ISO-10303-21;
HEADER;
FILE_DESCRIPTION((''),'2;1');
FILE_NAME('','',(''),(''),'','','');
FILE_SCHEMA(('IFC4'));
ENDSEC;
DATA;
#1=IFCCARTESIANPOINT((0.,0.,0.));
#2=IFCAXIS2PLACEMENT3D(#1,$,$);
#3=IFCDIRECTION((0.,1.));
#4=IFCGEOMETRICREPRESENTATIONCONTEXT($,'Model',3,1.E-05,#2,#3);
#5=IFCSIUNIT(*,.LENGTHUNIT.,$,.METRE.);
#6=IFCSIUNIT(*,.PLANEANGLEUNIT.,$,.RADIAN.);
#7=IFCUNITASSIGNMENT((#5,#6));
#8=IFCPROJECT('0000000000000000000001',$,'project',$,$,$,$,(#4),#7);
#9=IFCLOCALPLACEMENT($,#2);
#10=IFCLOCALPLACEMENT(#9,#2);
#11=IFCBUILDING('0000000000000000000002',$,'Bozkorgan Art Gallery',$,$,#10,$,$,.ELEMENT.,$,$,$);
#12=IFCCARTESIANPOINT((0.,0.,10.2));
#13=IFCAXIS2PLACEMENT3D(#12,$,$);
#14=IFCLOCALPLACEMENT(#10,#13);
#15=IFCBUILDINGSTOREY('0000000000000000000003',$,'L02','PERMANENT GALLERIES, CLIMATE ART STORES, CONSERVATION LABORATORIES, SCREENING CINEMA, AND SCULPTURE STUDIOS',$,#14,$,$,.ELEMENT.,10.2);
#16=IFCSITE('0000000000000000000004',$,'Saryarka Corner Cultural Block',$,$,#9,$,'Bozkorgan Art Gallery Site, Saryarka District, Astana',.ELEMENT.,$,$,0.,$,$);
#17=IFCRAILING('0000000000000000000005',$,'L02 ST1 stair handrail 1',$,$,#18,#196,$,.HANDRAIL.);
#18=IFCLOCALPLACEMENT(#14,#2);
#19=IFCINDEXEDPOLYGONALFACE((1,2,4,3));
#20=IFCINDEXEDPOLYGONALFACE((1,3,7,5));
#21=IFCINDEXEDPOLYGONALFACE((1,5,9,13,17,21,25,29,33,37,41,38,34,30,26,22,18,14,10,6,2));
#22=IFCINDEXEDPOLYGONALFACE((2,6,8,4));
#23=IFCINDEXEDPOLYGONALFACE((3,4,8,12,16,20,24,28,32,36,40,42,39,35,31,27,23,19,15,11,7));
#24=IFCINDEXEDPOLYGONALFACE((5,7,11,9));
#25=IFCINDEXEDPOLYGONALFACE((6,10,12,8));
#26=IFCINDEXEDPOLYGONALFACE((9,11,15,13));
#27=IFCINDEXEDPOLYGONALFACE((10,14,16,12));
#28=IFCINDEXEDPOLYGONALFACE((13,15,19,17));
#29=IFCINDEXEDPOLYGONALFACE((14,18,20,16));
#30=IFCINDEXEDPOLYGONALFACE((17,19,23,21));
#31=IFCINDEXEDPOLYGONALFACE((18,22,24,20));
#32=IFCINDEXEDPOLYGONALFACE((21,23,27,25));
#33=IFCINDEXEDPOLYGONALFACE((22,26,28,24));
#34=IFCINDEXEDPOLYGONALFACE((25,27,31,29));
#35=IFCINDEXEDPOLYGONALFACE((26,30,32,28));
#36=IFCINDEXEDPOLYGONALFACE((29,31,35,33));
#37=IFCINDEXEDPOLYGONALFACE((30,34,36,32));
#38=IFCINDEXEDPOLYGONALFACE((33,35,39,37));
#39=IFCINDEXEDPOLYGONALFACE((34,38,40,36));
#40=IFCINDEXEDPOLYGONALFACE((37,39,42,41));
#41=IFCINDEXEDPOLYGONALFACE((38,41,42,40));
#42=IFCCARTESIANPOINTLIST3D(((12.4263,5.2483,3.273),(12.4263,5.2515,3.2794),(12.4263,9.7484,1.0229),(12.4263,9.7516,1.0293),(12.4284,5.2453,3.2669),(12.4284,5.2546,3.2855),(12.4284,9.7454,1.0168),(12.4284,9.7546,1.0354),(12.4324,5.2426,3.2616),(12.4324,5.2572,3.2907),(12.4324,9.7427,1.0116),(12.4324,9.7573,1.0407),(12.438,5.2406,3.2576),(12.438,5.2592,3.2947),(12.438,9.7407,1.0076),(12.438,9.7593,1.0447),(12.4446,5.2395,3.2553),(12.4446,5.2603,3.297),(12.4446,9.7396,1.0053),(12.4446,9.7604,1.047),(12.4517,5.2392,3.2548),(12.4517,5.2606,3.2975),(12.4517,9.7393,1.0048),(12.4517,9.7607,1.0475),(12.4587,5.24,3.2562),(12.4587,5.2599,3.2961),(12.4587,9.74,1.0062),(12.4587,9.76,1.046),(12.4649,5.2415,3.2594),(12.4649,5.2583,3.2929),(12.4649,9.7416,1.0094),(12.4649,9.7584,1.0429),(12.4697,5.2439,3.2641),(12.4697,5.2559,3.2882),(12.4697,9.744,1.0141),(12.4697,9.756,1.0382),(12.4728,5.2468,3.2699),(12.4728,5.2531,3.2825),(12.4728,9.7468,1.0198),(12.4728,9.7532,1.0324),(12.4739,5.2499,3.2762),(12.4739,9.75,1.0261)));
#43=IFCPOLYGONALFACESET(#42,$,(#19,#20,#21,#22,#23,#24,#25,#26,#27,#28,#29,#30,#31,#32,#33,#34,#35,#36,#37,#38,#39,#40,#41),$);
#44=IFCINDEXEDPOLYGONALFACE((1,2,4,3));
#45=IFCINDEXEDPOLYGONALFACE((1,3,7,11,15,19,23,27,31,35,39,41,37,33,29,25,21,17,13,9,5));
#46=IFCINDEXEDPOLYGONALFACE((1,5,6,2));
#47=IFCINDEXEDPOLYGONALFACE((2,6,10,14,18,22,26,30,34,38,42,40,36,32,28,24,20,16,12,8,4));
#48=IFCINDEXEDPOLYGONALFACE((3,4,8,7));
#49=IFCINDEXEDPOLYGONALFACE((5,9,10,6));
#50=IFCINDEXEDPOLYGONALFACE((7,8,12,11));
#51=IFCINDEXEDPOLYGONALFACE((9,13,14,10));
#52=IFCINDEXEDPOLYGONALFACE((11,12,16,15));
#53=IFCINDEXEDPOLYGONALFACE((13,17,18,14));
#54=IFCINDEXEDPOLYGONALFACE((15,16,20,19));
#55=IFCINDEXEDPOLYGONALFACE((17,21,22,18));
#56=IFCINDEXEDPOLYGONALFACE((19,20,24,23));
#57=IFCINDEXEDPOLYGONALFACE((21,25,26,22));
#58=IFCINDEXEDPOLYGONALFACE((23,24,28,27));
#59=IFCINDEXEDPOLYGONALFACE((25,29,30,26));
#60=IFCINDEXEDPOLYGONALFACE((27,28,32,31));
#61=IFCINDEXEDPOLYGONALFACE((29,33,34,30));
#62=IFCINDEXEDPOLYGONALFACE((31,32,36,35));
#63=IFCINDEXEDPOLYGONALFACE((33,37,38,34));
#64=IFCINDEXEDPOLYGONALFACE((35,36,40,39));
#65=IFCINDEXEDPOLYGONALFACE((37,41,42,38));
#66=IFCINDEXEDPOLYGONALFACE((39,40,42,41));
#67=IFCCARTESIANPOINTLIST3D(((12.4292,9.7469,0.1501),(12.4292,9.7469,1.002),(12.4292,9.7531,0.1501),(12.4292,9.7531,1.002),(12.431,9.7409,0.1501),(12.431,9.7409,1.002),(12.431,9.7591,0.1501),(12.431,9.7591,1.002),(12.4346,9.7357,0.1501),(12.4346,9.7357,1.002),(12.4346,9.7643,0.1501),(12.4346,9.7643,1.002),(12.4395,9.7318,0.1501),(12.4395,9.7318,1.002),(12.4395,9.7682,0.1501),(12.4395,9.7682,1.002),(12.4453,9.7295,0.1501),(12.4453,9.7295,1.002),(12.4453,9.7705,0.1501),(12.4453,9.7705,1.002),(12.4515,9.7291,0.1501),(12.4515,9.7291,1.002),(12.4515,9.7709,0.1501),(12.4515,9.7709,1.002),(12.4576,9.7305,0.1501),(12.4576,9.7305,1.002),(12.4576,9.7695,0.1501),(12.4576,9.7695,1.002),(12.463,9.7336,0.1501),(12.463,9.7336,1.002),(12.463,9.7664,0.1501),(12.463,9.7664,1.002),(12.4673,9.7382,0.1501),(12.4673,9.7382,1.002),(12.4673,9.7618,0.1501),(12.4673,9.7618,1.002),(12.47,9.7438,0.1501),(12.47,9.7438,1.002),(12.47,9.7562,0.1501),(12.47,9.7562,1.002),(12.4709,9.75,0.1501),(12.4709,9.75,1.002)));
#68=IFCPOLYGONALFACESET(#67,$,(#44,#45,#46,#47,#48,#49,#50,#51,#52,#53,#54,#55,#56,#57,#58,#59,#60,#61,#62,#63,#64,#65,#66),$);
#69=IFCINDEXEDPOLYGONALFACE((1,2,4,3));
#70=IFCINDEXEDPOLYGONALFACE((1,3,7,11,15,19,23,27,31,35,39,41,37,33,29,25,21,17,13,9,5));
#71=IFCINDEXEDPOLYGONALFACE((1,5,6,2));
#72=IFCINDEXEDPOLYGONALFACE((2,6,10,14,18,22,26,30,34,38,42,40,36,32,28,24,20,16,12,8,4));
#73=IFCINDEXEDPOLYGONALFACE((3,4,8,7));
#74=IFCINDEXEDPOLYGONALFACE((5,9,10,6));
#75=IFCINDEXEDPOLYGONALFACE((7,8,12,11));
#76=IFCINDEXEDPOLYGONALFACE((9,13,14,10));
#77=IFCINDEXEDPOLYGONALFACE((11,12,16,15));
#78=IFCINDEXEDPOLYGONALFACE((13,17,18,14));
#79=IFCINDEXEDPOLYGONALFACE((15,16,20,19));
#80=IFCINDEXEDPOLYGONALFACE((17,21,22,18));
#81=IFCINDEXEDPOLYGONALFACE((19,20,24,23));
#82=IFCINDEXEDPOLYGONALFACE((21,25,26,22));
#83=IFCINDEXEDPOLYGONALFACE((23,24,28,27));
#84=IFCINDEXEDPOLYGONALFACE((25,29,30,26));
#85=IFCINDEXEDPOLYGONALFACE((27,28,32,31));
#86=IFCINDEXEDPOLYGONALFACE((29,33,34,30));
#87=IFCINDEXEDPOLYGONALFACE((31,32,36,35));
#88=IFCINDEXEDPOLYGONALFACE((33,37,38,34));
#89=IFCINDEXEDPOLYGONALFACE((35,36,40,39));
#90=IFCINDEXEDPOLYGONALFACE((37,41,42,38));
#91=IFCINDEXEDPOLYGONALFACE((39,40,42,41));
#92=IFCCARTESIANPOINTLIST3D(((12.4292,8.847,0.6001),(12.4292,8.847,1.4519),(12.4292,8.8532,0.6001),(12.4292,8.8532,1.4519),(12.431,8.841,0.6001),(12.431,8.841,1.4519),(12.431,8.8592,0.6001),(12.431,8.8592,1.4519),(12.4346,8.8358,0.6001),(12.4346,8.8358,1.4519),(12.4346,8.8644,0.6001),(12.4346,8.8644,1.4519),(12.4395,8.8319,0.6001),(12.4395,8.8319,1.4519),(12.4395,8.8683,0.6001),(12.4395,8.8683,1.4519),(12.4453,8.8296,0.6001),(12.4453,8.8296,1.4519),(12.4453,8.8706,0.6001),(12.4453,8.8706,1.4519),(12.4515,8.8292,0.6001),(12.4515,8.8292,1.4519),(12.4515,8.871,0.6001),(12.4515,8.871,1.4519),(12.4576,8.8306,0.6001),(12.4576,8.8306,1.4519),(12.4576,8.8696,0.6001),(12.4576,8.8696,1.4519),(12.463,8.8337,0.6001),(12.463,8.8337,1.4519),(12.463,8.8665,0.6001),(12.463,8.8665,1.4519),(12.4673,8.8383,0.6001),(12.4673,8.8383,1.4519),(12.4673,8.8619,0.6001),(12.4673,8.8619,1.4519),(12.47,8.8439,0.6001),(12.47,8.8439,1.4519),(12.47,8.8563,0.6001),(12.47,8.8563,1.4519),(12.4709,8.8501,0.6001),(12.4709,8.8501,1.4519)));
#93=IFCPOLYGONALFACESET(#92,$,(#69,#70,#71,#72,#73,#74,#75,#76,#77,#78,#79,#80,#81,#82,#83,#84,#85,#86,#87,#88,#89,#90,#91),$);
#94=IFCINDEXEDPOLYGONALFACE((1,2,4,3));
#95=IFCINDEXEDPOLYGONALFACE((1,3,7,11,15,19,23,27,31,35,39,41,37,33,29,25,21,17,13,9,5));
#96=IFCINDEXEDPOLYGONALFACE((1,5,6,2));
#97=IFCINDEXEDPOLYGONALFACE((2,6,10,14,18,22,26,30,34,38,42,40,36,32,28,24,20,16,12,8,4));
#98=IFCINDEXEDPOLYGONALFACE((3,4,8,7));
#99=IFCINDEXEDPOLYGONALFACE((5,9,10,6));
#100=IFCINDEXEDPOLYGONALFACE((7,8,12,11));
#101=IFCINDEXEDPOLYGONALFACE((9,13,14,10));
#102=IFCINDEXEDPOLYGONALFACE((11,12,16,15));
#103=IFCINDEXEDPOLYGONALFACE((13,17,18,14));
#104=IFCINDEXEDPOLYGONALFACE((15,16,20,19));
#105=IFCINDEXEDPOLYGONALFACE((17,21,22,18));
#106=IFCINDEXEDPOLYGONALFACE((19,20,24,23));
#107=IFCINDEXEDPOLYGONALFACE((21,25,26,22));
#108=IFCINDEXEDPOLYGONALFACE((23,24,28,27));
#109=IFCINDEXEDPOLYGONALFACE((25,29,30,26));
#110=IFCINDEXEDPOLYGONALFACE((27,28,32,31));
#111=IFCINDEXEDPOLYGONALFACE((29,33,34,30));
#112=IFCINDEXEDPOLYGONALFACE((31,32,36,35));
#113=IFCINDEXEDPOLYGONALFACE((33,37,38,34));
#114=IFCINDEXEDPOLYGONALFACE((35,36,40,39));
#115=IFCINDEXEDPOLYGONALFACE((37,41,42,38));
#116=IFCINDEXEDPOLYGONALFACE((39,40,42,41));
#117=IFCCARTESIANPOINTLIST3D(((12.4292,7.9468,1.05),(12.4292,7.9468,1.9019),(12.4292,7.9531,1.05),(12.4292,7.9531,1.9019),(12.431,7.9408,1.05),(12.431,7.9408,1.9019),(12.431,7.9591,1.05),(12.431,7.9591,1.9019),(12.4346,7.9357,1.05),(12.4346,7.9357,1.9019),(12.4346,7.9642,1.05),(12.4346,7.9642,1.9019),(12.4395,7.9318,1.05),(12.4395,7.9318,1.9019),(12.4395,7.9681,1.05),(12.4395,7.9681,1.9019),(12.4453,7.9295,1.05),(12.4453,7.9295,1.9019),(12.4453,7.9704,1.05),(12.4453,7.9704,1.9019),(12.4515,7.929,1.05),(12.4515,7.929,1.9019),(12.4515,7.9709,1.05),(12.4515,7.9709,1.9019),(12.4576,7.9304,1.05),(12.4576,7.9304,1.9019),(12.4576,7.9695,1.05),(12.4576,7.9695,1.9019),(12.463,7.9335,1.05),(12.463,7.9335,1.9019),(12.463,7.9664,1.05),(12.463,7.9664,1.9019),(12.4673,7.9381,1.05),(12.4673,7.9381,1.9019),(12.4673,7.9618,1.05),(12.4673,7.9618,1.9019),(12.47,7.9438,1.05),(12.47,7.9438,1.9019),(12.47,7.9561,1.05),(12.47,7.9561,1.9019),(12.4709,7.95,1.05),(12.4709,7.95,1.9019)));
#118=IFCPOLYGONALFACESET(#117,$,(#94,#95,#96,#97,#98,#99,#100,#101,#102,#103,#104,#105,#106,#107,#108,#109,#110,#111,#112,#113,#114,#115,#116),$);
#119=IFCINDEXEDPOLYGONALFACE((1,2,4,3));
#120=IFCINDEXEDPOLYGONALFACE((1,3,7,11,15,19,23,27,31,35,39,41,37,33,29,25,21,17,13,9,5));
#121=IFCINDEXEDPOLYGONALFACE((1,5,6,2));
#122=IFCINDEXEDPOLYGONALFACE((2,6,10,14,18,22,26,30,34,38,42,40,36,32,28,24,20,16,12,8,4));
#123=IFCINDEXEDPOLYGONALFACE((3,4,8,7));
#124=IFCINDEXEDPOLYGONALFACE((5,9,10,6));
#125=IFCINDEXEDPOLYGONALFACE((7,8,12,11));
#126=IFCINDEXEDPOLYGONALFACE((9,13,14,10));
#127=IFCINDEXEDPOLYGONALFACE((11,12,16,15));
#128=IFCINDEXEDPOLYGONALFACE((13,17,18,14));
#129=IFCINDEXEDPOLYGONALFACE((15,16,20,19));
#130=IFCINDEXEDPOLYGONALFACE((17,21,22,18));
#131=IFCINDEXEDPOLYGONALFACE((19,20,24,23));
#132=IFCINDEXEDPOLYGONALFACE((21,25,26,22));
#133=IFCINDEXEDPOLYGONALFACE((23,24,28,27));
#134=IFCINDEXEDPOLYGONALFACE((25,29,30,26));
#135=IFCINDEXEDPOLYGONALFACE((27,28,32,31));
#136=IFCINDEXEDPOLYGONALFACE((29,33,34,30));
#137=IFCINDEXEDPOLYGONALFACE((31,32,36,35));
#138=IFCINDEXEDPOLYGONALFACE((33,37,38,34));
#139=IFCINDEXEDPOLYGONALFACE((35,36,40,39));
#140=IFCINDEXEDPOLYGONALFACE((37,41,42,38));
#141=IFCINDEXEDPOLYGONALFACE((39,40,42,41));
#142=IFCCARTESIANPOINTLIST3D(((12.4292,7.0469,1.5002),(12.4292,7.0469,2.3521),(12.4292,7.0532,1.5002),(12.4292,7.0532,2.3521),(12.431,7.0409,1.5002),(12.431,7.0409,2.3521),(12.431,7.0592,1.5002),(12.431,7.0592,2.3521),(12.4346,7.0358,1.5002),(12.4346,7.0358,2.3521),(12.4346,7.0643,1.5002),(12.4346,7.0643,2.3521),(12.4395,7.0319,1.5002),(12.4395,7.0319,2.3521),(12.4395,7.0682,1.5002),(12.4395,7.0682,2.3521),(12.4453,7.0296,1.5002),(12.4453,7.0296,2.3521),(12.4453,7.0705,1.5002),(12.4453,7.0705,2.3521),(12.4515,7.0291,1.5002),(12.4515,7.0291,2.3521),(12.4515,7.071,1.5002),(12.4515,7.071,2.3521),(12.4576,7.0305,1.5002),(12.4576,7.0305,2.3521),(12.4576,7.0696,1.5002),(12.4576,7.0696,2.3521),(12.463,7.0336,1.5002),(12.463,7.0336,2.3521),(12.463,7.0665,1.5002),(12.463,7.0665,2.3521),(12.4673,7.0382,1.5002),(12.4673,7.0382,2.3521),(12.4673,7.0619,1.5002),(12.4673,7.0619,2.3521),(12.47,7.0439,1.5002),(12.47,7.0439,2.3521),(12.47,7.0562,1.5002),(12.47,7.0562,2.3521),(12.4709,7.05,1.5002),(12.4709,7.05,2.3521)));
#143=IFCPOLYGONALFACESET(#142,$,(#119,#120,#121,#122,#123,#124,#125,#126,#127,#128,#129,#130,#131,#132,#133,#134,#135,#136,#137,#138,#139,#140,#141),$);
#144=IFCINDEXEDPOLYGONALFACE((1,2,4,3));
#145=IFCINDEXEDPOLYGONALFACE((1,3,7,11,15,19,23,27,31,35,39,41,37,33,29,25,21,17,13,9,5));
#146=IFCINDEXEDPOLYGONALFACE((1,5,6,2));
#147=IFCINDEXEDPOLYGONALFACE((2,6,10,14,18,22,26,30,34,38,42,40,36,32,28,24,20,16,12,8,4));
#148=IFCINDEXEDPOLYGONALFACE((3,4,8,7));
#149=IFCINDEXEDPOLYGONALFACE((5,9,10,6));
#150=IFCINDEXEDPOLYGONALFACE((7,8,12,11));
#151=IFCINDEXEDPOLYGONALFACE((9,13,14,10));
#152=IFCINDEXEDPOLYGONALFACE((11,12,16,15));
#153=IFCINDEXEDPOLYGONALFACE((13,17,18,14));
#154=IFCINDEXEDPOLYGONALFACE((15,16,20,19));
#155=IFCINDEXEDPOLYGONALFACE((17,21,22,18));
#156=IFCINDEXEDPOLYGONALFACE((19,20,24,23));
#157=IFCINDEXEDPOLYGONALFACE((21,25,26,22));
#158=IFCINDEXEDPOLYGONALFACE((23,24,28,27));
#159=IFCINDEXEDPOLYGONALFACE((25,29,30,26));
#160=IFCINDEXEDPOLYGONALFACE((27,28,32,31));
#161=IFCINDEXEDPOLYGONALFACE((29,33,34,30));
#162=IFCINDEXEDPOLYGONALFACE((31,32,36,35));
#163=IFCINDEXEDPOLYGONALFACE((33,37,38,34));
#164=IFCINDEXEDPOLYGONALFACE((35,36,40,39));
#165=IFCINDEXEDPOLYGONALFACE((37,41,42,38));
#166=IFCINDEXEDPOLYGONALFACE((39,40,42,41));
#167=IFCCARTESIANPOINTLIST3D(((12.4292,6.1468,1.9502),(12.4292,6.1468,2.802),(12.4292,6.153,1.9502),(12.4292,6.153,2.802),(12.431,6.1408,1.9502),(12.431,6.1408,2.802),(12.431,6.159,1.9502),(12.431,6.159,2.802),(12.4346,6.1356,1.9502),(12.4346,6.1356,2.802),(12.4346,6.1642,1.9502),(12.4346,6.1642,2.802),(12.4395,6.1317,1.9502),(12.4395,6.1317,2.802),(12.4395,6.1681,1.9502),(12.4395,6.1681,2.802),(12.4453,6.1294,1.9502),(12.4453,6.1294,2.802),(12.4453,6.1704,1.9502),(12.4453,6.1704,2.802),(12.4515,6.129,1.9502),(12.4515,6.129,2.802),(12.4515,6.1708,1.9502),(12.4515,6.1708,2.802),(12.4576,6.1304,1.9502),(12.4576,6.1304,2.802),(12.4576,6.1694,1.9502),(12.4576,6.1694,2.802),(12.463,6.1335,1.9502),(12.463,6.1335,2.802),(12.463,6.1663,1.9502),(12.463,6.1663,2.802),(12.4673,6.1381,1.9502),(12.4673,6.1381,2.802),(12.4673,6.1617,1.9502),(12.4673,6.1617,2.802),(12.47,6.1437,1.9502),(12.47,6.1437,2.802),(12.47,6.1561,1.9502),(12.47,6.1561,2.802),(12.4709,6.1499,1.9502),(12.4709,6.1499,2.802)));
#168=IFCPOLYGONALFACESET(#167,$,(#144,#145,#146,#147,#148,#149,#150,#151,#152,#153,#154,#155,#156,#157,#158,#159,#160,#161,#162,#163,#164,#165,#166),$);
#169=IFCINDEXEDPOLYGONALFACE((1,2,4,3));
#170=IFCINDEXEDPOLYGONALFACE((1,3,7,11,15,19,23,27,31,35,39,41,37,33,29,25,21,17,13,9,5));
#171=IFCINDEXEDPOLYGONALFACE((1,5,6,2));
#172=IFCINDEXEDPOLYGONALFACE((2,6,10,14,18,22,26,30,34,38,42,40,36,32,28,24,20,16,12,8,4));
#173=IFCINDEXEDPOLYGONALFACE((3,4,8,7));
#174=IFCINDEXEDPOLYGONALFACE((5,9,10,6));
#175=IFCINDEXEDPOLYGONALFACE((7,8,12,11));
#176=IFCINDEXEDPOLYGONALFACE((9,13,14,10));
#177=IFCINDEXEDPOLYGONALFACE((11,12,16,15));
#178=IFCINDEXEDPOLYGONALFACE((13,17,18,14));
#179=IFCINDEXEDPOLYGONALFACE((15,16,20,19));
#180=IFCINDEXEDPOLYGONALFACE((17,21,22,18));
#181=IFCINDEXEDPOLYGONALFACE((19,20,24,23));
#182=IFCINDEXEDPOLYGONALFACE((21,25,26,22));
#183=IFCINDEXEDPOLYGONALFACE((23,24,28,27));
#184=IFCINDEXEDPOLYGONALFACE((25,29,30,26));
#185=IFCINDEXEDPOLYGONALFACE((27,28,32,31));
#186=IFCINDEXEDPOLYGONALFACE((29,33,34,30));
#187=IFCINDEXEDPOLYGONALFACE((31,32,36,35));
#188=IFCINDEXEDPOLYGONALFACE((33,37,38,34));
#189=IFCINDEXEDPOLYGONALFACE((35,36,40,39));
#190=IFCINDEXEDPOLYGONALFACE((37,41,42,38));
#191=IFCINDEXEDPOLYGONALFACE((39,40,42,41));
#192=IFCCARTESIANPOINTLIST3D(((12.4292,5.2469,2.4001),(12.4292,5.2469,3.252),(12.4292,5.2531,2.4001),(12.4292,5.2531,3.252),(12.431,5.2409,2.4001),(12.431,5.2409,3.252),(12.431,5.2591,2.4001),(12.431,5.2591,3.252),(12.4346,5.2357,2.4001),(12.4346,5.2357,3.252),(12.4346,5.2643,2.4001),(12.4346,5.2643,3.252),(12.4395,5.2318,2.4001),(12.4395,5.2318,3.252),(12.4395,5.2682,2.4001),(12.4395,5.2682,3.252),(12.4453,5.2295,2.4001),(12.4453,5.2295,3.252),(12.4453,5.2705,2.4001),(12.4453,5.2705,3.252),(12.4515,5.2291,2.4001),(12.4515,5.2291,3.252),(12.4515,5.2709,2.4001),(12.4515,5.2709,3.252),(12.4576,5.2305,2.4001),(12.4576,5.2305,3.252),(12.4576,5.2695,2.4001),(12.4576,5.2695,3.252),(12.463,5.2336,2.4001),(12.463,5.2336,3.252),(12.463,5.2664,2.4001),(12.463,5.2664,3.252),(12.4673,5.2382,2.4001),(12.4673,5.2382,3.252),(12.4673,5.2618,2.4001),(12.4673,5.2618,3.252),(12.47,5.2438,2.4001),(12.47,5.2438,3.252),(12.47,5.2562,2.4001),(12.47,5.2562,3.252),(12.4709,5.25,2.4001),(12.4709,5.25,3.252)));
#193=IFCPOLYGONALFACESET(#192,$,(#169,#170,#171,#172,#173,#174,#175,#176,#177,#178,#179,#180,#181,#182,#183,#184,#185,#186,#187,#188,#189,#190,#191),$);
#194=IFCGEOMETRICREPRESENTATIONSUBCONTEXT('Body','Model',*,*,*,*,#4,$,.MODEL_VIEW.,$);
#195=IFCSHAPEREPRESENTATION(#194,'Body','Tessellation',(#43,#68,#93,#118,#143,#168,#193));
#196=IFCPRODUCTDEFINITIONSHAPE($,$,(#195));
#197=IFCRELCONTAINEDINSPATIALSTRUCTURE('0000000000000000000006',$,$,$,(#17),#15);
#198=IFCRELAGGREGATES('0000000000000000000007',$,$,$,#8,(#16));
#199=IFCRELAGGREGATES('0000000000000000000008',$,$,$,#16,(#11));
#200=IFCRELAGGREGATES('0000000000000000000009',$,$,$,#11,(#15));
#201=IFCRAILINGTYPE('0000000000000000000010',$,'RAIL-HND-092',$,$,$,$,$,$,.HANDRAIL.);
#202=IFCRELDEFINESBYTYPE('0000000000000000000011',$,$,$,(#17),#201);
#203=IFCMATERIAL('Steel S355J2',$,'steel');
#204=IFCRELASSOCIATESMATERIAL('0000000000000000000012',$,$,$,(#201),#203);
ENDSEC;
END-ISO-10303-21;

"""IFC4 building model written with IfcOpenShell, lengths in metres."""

from ifc_helpers import new_model, si_unit, direction, frame, origin, origin_2d, place, context, subcontext, project, spatial, circle, extrude, material, type_object, element, save


model = new_model("IFC4")

# Units and contexts
model_context = context("Model", 3, precision=1e-05, world=origin(), true_north=direction((0.0, 1.0)))
body_context = subcontext(model_context, "Body", "Model", "MODEL_VIEW")
ifc_project = project(units=[si_unit("LENGTHUNIT", "METRE"), si_unit("PLANEANGLEUNIT", "RADIAN")], contexts=[model_context])

# Site, building, storey
site_placement = place(None, origin())
site = spatial("IfcSite", under=ifc_project, at=site_placement, Name="Saryarka Corner Cultural Block", LongName="Bozkorgan Art Gallery Site, Saryarka District, Astana", CompositionType="ELEMENT", RefElevation=0.0)
building_placement = place(site_placement, origin())
building = spatial("IfcBuilding", under=site, at=building_placement, Name="Bozkorgan Art Gallery", CompositionType="ELEMENT")
storey_placement = place(building_placement, frame((0.0, 0.0, 10.2)))
storey = spatial("IfcBuildingStorey", under=building, at=storey_placement, Name="L02", Description="PERMANENT GALLERIES, CLIMATE ART STORES, CONSERVATION LABORATORIES, SCREENING CINEMA, AND SCULPTURE STUDIOS", CompositionType="ELEMENT", Elevation=10.2)

# Shared definitions
ifc_material_1 = material(Name="Steel S355J2", Category="steel")

# Railing
railing_type = type_object("IfcRailingType", Name="RAIL-HND-092", PredefinedType="HANDRAIL", material=ifc_material_1)
railing_placement = place(storey_placement, frame((12.45, 9.75, 0.1501)))
element("IfcRailing", 1, at=railing_placement, inside=storey, type_object=railing_type, Name="L02 ST1 stair handrail 1", PredefinedType="HANDRAIL", context=body_context, shape_type="SweptSolid", body=[
    extrude(circle(Radius=0.0239, at=origin_2d()), frame((0.0, 0.0, 0.876), z_axis=(0.0, -0.894427, 0.447214), x_axis=(1.0, 0.0, 0.0)), (0.0, 0.0, 1.0), 5.0312),
    extrude(circle(Radius=0.021, at=origin_2d()), origin(), (0.0, 0.0, 1.0), 0.8518),
    extrude(circle(Radius=0.021, at=origin_2d()), frame((0.0, -0.8999, 0.45)), (0.0, 0.0, 1.0), 0.8518),
    extrude(circle(Radius=0.021, at=origin_2d()), frame((0.0, -1.8, 0.8999)), (0.0, 0.0, 1.0), 0.8518),
    extrude(circle(Radius=0.021, at=origin_2d()), frame((0.0, -2.7, 1.3501)), (0.0, 0.0, 1.0), 0.8518),
    extrude(circle(Radius=0.021, at=origin_2d()), frame((0.0, -3.6001, 1.8)), (0.0, 0.0, 1.0), 0.8518),
    extrude(circle(Radius=0.021, at=origin_2d()), frame((0.0, -4.5, 2.25)), (0.0, 0.0, 1.0), 0.8518),
])

save(model, "model.ifc")
